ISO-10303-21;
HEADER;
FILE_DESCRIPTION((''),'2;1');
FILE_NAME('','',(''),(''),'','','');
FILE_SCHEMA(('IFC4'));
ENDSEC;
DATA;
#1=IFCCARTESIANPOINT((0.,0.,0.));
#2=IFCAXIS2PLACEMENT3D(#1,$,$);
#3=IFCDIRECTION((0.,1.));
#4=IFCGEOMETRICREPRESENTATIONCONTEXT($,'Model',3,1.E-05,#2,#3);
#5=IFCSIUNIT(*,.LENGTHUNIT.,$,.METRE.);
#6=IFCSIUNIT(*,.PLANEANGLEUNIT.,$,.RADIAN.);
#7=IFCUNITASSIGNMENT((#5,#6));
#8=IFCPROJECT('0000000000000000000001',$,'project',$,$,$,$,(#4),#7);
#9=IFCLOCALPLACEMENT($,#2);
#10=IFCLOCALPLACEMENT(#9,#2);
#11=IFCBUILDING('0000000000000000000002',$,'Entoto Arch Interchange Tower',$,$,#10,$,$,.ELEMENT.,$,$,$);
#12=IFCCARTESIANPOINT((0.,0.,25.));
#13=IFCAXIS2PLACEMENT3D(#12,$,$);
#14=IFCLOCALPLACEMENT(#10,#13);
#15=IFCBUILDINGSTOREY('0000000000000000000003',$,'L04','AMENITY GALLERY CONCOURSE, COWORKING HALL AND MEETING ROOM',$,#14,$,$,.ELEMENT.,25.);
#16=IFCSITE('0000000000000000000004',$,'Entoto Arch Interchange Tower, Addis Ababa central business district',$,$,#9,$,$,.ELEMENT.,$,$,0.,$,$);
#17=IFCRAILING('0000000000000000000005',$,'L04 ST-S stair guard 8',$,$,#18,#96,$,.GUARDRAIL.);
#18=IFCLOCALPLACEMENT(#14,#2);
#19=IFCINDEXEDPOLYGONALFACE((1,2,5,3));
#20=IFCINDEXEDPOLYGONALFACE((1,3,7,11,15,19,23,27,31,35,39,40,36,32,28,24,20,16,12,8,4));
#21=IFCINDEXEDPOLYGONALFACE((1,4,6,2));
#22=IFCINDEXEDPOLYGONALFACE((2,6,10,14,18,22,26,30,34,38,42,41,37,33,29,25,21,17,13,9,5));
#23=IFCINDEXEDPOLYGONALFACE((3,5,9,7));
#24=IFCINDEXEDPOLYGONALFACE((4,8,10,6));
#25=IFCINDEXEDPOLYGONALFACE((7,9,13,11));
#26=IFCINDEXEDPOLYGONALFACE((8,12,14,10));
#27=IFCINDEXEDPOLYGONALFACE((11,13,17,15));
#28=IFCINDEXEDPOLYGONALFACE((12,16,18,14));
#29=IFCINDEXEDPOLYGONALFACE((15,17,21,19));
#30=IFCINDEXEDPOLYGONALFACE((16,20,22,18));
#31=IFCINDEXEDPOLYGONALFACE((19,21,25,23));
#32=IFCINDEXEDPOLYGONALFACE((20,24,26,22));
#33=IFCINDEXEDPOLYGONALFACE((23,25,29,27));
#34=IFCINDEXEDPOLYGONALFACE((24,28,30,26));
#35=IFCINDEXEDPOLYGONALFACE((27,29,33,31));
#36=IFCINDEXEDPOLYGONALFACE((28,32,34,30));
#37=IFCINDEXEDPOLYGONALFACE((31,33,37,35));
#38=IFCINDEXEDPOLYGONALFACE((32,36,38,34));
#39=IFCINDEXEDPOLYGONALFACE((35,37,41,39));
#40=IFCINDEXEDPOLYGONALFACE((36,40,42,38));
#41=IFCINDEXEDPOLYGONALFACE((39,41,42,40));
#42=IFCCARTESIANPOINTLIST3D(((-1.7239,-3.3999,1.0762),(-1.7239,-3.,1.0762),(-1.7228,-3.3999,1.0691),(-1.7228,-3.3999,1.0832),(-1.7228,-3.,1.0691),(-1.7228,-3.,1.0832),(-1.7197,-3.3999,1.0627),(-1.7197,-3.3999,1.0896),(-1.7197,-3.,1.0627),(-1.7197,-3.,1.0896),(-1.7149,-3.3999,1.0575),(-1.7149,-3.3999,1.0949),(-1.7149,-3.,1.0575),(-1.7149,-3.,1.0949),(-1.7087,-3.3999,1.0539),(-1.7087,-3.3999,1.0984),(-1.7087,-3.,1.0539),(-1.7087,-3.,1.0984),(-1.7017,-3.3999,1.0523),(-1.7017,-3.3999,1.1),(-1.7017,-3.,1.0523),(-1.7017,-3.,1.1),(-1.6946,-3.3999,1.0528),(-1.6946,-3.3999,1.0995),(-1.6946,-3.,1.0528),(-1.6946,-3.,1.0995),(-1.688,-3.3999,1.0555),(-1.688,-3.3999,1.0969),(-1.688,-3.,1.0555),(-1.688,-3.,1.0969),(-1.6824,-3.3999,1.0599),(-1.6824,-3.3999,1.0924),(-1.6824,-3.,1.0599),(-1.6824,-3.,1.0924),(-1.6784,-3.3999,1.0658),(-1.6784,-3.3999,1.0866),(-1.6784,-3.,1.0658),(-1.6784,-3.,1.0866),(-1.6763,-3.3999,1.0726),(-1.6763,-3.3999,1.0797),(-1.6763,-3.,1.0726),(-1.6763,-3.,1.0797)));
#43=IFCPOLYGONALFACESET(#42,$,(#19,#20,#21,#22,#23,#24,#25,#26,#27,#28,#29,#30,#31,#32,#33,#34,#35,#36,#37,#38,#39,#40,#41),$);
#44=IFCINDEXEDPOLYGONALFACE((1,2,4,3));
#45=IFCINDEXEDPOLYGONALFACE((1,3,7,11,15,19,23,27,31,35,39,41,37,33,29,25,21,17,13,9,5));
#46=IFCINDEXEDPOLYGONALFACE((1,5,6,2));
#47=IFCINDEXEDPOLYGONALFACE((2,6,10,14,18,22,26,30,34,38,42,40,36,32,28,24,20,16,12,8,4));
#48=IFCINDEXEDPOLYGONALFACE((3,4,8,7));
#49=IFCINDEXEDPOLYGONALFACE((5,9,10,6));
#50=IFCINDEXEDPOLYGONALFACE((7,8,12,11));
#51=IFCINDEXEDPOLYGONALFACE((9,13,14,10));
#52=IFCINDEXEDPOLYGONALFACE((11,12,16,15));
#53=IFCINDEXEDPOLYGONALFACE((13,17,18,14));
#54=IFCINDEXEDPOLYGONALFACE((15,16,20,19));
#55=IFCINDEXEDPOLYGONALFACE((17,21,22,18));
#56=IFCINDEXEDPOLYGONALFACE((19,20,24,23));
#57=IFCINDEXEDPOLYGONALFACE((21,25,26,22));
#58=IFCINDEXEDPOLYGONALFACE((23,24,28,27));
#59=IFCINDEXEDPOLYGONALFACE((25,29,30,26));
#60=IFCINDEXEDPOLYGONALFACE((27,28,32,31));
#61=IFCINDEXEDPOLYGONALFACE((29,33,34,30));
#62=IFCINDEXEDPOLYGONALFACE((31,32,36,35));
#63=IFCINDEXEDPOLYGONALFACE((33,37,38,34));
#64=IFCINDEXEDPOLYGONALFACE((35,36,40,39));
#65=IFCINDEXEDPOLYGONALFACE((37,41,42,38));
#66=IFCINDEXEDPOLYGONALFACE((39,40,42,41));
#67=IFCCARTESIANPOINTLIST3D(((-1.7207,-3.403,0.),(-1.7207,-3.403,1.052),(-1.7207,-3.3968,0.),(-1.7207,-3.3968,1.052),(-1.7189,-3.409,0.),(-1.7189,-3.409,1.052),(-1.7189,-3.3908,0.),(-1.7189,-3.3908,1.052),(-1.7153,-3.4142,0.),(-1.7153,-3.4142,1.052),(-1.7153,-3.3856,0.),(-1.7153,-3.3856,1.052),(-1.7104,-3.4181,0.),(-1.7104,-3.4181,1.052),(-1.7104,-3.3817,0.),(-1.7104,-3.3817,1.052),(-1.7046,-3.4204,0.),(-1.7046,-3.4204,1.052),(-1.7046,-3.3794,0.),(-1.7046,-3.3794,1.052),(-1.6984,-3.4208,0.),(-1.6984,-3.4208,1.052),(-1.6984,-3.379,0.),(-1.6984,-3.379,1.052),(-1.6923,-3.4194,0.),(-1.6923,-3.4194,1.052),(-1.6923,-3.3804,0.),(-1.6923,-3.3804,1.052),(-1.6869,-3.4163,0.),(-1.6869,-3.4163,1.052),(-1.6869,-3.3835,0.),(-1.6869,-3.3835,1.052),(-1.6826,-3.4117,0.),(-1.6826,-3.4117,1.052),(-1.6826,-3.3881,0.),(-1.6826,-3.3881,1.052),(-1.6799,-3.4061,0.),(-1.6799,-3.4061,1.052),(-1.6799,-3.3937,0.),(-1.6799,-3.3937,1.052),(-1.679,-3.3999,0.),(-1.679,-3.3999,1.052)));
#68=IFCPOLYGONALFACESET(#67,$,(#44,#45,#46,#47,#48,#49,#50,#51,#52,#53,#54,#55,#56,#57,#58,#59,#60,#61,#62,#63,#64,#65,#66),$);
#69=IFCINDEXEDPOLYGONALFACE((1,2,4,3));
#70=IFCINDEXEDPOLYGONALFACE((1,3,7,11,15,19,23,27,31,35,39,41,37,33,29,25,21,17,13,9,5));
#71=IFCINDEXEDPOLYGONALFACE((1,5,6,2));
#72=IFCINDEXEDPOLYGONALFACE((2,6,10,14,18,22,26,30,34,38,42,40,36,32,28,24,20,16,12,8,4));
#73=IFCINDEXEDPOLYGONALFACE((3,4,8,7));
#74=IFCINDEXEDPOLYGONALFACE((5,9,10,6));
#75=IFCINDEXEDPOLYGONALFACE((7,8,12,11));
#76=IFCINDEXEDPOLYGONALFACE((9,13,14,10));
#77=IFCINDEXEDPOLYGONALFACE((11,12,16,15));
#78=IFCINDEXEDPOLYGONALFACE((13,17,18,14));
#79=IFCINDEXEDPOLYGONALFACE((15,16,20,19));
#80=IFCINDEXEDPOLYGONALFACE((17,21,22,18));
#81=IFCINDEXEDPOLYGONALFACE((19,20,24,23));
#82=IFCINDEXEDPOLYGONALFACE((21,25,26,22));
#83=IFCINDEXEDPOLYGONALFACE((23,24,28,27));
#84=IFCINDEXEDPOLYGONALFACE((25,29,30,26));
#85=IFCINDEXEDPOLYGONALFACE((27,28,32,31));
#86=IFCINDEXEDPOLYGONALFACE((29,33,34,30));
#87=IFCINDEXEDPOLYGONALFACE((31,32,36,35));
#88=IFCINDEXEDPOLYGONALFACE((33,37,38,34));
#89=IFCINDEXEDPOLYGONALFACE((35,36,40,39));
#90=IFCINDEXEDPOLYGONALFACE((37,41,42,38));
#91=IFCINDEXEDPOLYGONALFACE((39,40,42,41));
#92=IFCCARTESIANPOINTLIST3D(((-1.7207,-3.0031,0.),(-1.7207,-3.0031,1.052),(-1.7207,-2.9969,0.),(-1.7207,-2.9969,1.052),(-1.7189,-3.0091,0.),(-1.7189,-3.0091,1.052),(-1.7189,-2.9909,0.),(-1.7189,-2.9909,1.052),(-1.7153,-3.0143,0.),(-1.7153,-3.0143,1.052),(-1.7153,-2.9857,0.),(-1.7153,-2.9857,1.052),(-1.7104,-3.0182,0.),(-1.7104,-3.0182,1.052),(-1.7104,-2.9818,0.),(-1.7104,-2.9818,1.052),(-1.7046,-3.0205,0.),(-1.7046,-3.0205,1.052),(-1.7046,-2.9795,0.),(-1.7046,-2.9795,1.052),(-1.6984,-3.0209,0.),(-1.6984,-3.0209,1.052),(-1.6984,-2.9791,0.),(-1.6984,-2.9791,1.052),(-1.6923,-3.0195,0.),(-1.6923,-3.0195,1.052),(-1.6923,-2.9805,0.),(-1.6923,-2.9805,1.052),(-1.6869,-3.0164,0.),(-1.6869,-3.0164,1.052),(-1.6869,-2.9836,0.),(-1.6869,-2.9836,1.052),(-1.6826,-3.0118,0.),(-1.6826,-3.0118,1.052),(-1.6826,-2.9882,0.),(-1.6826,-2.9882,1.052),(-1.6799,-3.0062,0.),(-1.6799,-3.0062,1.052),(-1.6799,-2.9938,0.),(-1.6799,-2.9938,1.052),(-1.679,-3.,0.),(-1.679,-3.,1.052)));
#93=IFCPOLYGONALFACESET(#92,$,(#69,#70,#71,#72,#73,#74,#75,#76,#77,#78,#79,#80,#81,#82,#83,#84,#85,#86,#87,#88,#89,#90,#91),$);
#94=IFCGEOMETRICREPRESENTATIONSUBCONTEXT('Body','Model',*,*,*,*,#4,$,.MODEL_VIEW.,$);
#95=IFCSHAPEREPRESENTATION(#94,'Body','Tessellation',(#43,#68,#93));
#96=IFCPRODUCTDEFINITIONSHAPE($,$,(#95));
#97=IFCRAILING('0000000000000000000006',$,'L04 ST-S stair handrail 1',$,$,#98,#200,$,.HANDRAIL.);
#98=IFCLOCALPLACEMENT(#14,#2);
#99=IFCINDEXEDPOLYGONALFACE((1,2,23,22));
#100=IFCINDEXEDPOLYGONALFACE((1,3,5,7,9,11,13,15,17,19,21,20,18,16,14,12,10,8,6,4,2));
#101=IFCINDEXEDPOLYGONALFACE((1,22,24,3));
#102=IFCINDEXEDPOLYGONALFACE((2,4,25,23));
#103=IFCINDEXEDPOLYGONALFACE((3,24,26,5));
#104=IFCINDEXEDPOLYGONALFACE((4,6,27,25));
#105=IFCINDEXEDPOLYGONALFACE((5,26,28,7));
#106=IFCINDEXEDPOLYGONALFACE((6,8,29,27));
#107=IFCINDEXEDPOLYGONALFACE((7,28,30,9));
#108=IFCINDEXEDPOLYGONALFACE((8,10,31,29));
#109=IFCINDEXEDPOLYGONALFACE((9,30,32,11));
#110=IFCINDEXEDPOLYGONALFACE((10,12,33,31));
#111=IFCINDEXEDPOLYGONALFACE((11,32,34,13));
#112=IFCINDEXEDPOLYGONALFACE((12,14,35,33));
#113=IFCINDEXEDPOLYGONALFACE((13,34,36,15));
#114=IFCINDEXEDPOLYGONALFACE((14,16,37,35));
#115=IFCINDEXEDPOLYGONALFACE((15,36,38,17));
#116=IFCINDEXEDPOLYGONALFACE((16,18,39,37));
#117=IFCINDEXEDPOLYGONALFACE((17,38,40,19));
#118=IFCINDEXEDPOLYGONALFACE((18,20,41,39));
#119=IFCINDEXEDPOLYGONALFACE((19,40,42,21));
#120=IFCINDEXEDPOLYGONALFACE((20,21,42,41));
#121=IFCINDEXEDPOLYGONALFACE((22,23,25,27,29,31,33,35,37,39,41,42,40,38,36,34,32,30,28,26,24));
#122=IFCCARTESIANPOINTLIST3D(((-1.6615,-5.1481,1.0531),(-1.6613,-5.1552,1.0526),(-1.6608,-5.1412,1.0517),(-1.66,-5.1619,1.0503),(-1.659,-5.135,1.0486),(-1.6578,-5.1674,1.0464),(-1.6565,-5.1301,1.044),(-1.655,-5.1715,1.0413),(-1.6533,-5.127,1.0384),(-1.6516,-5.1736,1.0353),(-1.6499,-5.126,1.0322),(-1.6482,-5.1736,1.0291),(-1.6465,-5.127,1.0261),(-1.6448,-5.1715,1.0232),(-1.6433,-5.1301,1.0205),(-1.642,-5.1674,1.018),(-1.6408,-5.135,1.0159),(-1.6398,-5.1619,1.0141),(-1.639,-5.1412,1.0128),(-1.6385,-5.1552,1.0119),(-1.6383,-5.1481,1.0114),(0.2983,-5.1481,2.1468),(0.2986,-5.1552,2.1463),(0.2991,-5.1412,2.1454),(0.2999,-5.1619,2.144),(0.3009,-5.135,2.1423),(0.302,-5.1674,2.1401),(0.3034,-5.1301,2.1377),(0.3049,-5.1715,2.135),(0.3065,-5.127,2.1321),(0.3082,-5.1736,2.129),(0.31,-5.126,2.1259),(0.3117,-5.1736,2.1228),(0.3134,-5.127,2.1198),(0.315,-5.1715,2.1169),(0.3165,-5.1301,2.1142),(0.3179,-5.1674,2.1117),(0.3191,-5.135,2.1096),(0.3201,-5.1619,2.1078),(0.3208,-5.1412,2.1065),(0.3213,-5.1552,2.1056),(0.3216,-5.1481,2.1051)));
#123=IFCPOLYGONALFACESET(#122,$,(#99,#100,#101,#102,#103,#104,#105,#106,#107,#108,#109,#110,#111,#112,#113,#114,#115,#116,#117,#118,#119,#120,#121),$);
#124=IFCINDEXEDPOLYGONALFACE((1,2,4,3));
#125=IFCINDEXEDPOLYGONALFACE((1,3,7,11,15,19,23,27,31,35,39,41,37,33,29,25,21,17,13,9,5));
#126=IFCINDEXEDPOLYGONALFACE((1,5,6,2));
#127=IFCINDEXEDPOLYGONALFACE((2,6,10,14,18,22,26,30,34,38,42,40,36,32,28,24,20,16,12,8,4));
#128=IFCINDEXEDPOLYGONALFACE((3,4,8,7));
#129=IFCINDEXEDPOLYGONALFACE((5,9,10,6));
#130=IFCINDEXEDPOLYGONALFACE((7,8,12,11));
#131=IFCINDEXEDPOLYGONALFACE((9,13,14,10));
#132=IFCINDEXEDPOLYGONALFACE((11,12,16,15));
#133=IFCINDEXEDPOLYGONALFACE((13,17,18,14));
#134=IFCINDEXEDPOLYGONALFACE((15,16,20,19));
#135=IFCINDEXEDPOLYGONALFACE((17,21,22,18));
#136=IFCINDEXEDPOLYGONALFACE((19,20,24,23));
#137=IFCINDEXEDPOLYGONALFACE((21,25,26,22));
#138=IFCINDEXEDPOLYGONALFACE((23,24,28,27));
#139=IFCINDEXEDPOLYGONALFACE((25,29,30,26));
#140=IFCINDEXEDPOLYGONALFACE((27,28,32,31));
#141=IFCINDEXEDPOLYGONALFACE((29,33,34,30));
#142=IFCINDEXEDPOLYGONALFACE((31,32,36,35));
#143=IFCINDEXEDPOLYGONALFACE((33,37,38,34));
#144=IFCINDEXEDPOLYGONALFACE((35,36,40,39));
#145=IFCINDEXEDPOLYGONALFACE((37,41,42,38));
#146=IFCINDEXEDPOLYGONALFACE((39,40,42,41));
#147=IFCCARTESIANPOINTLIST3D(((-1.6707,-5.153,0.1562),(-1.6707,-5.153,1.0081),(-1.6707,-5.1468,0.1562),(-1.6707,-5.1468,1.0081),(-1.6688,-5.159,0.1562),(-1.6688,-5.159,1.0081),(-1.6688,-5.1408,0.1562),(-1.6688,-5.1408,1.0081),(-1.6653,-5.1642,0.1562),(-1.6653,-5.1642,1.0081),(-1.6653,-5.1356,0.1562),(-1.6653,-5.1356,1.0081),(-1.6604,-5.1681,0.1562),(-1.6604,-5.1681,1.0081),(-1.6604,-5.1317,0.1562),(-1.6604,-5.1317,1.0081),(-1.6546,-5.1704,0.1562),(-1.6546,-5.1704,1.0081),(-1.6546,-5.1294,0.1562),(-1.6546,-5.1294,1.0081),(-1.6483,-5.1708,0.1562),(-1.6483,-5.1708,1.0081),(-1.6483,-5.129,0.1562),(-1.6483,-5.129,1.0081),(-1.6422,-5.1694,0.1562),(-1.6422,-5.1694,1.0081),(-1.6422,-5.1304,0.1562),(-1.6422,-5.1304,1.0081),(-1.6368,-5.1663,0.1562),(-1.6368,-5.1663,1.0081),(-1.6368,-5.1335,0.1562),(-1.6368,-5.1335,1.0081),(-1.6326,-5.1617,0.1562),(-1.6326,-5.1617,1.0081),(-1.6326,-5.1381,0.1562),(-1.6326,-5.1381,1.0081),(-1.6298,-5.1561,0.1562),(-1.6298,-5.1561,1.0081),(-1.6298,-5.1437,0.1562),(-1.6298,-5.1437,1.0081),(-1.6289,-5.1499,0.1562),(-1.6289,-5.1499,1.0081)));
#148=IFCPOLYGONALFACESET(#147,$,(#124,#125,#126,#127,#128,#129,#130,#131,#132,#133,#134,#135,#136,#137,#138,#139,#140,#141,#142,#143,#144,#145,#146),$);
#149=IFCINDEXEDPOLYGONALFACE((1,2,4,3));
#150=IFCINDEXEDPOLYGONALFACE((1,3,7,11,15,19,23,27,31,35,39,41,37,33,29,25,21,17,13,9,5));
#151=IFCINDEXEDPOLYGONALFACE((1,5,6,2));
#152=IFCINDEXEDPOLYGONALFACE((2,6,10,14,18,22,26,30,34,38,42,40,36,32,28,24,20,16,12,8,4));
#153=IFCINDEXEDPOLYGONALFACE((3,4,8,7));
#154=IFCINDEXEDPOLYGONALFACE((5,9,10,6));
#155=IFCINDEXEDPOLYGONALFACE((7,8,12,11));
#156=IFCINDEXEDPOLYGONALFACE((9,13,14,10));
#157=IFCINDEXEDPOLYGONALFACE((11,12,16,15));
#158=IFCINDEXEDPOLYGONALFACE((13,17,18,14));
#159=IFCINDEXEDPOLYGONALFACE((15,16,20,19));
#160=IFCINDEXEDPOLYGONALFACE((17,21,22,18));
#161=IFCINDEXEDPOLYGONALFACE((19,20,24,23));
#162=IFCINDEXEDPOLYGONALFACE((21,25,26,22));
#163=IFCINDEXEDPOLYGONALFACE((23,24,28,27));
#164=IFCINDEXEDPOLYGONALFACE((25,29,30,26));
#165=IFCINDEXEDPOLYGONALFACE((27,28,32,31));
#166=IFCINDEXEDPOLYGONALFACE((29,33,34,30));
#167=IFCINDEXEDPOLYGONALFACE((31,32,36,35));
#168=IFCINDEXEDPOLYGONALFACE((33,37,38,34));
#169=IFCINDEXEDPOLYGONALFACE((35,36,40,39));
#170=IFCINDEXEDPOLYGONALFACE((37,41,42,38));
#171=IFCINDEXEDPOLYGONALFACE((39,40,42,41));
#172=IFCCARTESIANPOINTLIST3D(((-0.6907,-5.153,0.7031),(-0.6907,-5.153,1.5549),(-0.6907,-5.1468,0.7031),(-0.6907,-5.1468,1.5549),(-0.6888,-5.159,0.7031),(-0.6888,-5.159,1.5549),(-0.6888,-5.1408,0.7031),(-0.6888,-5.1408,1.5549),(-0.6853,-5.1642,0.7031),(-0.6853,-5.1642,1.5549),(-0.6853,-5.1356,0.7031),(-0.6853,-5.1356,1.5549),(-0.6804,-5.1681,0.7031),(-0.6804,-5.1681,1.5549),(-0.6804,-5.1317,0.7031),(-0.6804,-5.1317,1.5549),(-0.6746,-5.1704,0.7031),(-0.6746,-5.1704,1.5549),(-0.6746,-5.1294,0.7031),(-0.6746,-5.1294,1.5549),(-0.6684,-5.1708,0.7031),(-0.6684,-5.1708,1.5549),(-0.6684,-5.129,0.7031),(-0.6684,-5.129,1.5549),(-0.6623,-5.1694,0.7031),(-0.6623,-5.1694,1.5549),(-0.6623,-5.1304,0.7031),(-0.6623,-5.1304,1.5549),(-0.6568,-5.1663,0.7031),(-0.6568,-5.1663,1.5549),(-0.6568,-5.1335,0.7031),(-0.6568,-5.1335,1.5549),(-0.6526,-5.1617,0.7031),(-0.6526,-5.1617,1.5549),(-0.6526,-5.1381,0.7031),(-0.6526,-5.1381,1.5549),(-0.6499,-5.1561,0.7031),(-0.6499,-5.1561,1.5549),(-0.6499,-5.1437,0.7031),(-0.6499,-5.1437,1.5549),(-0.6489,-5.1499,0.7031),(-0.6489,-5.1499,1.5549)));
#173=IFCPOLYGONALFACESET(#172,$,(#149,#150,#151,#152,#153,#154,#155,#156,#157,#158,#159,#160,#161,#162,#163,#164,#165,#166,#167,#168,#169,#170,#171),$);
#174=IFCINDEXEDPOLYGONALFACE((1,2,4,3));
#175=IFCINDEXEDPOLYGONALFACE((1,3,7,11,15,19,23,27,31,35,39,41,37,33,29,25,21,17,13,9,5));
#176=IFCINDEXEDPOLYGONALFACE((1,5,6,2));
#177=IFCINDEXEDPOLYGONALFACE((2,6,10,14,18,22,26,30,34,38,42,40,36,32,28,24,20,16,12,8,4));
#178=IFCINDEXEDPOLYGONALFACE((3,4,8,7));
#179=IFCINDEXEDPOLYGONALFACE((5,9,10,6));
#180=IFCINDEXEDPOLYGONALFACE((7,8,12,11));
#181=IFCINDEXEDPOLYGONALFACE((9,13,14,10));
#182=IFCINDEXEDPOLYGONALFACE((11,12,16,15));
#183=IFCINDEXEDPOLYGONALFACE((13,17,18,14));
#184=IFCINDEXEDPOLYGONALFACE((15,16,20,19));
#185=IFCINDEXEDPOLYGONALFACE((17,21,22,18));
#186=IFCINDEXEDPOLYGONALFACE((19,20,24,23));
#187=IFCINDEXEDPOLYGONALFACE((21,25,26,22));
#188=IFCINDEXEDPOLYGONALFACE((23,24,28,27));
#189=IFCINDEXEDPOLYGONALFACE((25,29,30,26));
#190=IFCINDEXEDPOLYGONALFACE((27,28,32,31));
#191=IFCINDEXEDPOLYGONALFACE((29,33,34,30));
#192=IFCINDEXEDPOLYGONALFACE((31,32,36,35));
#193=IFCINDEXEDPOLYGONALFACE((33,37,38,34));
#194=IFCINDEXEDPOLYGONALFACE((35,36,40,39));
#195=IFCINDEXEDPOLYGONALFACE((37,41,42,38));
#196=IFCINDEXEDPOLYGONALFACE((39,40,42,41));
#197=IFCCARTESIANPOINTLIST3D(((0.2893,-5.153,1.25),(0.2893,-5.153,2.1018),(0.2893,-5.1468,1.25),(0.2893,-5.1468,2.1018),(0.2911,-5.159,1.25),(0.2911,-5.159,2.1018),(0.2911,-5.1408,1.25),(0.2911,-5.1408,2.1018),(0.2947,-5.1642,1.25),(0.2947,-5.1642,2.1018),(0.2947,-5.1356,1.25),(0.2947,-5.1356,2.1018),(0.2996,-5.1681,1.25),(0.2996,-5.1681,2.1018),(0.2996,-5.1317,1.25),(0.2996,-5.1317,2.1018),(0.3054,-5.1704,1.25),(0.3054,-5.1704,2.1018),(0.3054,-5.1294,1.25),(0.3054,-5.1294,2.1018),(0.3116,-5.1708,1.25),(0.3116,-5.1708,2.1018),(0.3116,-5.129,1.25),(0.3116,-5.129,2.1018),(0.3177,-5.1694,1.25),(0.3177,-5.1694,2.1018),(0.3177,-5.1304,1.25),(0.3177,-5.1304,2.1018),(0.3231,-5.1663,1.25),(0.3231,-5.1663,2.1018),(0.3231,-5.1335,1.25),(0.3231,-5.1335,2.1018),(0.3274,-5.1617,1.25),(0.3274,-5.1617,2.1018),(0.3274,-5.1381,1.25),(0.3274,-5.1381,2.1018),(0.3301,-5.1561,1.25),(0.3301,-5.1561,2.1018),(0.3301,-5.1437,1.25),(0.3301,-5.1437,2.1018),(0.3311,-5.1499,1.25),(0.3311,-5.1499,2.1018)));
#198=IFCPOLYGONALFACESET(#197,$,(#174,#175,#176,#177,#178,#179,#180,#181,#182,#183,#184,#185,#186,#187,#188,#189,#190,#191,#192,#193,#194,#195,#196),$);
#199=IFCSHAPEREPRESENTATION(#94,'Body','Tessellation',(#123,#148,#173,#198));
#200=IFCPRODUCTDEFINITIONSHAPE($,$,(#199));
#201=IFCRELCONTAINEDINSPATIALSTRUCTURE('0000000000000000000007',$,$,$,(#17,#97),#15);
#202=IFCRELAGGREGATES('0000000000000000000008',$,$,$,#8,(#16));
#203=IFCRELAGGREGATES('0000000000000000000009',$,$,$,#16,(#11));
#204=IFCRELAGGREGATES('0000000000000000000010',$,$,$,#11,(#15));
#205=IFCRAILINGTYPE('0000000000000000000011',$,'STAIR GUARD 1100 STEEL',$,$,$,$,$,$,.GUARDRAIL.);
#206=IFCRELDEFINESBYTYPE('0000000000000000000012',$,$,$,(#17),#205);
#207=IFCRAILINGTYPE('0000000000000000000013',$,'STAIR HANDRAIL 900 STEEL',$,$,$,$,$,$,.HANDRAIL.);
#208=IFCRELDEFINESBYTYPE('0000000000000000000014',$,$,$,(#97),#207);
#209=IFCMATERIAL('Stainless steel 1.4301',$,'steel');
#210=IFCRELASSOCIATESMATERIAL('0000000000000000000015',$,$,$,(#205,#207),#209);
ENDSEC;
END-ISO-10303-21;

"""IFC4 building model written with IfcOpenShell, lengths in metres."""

from ifc_helpers import new_model, si_unit, direction, frame, origin, origin_2d, place, context, subcontext, project, spatial, circle, extrude, material, type_object, element, save


model = new_model("IFC4")

# Units and contexts
model_context = context("Model", 3, precision=1e-05, world=origin(), true_north=direction((0.0, 1.0)))
body_context = subcontext(model_context, "Body", "Model", "MODEL_VIEW")
ifc_project = project(units=[si_unit("LENGTHUNIT", "METRE"), si_unit("PLANEANGLEUNIT", "RADIAN")], contexts=[model_context])

# Site, building, storey
site_placement = place(None, origin())
site = spatial("IfcSite", under=ifc_project, at=site_placement, Name="Entoto Arch Interchange Tower, Addis Ababa central business district", CompositionType="ELEMENT", RefElevation=0.0)
building_placement = place(site_placement, origin())
building = spatial("IfcBuilding", under=site, at=building_placement, Name="Entoto Arch Interchange Tower", CompositionType="ELEMENT")
storey_placement = place(building_placement, frame((0.0, 0.0, 25.0)))
storey = spatial("IfcBuildingStorey", under=building, at=storey_placement, Name="L04", Description="AMENITY GALLERY CONCOURSE, COWORKING HALL AND MEETING ROOM", CompositionType="ELEMENT", Elevation=25.0)

# Railings
ifc_material_1 = material(Name="Stainless steel 1.4301", Category="steel")
railing_type_1 = type_object("IfcRailingType", Name="STAIR GUARD 1100 STEEL", PredefinedType="GUARDRAIL", material=ifc_material_1)
railing_1_placement = place(storey_placement, frame((-1.7, -3.3999, 0.0)))
element("IfcRailing", 1, at=railing_1_placement, inside=storey, type_object=railing_type_1, Name="L04 ST-S stair guard 8", PredefinedType="GUARDRAIL", context=body_context, shape_type="SweptSolid", body=[
    extrude(circle(Radius=0.0239, at=origin_2d()), frame((0.0, 0.0, 1.0762), z_axis=(0.0, 1.0, 0.0), x_axis=(-1.0, 0.0, 0.0)), (0.0, 0.0, 1.0), 0.3999),
    extrude(circle(Radius=0.021, at=origin_2d()), origin(), (0.0, 0.0, 1.0), 1.052),
    extrude(circle(Radius=0.021, at=origin_2d()), frame((0.0, 0.3999, 0.0)), (0.0, 0.0, 1.0), 1.052),
])
railing_type_2 = type_object("IfcRailingType", Name="STAIR HANDRAIL 900 STEEL", PredefinedType="HANDRAIL", material=ifc_material_1)
for number, where, name in (
    (2, (-1.6499, -5.1499, 0.1562), "L04 ST-S stair handrail 1"),
):
    element("IfcRailing", number, at=place(storey_placement, frame(where)), inside=storey, type_object=railing_type_2, Name=name, PredefinedType="HANDRAIL", context=body_context, shape_type="SweptSolid", body=[
        extrude(circle(Radius=0.0239, at=origin_2d()), frame((0.0, 0.0, 0.876), z_axis=(0.873232, 0.0, 0.487304), x_axis=(0.0, 1.0, 0.0)), (0.0, 0.0, 1.0), 2.2444),
        extrude(circle(Radius=0.021, at=origin_2d()), origin(), (0.0, 0.0, 1.0), 0.8518),
        extrude(circle(Radius=0.021, at=origin_2d()), frame((0.98, 0.0, 0.5469)), (0.0, 0.0, 1.0), 0.8518),
        extrude(circle(Radius=0.021, at=origin_2d()), frame((1.96, 0.0, 1.0938)), (0.0, 0.0, 1.0), 0.8518),
    ])

save(model, "model.ifc")
